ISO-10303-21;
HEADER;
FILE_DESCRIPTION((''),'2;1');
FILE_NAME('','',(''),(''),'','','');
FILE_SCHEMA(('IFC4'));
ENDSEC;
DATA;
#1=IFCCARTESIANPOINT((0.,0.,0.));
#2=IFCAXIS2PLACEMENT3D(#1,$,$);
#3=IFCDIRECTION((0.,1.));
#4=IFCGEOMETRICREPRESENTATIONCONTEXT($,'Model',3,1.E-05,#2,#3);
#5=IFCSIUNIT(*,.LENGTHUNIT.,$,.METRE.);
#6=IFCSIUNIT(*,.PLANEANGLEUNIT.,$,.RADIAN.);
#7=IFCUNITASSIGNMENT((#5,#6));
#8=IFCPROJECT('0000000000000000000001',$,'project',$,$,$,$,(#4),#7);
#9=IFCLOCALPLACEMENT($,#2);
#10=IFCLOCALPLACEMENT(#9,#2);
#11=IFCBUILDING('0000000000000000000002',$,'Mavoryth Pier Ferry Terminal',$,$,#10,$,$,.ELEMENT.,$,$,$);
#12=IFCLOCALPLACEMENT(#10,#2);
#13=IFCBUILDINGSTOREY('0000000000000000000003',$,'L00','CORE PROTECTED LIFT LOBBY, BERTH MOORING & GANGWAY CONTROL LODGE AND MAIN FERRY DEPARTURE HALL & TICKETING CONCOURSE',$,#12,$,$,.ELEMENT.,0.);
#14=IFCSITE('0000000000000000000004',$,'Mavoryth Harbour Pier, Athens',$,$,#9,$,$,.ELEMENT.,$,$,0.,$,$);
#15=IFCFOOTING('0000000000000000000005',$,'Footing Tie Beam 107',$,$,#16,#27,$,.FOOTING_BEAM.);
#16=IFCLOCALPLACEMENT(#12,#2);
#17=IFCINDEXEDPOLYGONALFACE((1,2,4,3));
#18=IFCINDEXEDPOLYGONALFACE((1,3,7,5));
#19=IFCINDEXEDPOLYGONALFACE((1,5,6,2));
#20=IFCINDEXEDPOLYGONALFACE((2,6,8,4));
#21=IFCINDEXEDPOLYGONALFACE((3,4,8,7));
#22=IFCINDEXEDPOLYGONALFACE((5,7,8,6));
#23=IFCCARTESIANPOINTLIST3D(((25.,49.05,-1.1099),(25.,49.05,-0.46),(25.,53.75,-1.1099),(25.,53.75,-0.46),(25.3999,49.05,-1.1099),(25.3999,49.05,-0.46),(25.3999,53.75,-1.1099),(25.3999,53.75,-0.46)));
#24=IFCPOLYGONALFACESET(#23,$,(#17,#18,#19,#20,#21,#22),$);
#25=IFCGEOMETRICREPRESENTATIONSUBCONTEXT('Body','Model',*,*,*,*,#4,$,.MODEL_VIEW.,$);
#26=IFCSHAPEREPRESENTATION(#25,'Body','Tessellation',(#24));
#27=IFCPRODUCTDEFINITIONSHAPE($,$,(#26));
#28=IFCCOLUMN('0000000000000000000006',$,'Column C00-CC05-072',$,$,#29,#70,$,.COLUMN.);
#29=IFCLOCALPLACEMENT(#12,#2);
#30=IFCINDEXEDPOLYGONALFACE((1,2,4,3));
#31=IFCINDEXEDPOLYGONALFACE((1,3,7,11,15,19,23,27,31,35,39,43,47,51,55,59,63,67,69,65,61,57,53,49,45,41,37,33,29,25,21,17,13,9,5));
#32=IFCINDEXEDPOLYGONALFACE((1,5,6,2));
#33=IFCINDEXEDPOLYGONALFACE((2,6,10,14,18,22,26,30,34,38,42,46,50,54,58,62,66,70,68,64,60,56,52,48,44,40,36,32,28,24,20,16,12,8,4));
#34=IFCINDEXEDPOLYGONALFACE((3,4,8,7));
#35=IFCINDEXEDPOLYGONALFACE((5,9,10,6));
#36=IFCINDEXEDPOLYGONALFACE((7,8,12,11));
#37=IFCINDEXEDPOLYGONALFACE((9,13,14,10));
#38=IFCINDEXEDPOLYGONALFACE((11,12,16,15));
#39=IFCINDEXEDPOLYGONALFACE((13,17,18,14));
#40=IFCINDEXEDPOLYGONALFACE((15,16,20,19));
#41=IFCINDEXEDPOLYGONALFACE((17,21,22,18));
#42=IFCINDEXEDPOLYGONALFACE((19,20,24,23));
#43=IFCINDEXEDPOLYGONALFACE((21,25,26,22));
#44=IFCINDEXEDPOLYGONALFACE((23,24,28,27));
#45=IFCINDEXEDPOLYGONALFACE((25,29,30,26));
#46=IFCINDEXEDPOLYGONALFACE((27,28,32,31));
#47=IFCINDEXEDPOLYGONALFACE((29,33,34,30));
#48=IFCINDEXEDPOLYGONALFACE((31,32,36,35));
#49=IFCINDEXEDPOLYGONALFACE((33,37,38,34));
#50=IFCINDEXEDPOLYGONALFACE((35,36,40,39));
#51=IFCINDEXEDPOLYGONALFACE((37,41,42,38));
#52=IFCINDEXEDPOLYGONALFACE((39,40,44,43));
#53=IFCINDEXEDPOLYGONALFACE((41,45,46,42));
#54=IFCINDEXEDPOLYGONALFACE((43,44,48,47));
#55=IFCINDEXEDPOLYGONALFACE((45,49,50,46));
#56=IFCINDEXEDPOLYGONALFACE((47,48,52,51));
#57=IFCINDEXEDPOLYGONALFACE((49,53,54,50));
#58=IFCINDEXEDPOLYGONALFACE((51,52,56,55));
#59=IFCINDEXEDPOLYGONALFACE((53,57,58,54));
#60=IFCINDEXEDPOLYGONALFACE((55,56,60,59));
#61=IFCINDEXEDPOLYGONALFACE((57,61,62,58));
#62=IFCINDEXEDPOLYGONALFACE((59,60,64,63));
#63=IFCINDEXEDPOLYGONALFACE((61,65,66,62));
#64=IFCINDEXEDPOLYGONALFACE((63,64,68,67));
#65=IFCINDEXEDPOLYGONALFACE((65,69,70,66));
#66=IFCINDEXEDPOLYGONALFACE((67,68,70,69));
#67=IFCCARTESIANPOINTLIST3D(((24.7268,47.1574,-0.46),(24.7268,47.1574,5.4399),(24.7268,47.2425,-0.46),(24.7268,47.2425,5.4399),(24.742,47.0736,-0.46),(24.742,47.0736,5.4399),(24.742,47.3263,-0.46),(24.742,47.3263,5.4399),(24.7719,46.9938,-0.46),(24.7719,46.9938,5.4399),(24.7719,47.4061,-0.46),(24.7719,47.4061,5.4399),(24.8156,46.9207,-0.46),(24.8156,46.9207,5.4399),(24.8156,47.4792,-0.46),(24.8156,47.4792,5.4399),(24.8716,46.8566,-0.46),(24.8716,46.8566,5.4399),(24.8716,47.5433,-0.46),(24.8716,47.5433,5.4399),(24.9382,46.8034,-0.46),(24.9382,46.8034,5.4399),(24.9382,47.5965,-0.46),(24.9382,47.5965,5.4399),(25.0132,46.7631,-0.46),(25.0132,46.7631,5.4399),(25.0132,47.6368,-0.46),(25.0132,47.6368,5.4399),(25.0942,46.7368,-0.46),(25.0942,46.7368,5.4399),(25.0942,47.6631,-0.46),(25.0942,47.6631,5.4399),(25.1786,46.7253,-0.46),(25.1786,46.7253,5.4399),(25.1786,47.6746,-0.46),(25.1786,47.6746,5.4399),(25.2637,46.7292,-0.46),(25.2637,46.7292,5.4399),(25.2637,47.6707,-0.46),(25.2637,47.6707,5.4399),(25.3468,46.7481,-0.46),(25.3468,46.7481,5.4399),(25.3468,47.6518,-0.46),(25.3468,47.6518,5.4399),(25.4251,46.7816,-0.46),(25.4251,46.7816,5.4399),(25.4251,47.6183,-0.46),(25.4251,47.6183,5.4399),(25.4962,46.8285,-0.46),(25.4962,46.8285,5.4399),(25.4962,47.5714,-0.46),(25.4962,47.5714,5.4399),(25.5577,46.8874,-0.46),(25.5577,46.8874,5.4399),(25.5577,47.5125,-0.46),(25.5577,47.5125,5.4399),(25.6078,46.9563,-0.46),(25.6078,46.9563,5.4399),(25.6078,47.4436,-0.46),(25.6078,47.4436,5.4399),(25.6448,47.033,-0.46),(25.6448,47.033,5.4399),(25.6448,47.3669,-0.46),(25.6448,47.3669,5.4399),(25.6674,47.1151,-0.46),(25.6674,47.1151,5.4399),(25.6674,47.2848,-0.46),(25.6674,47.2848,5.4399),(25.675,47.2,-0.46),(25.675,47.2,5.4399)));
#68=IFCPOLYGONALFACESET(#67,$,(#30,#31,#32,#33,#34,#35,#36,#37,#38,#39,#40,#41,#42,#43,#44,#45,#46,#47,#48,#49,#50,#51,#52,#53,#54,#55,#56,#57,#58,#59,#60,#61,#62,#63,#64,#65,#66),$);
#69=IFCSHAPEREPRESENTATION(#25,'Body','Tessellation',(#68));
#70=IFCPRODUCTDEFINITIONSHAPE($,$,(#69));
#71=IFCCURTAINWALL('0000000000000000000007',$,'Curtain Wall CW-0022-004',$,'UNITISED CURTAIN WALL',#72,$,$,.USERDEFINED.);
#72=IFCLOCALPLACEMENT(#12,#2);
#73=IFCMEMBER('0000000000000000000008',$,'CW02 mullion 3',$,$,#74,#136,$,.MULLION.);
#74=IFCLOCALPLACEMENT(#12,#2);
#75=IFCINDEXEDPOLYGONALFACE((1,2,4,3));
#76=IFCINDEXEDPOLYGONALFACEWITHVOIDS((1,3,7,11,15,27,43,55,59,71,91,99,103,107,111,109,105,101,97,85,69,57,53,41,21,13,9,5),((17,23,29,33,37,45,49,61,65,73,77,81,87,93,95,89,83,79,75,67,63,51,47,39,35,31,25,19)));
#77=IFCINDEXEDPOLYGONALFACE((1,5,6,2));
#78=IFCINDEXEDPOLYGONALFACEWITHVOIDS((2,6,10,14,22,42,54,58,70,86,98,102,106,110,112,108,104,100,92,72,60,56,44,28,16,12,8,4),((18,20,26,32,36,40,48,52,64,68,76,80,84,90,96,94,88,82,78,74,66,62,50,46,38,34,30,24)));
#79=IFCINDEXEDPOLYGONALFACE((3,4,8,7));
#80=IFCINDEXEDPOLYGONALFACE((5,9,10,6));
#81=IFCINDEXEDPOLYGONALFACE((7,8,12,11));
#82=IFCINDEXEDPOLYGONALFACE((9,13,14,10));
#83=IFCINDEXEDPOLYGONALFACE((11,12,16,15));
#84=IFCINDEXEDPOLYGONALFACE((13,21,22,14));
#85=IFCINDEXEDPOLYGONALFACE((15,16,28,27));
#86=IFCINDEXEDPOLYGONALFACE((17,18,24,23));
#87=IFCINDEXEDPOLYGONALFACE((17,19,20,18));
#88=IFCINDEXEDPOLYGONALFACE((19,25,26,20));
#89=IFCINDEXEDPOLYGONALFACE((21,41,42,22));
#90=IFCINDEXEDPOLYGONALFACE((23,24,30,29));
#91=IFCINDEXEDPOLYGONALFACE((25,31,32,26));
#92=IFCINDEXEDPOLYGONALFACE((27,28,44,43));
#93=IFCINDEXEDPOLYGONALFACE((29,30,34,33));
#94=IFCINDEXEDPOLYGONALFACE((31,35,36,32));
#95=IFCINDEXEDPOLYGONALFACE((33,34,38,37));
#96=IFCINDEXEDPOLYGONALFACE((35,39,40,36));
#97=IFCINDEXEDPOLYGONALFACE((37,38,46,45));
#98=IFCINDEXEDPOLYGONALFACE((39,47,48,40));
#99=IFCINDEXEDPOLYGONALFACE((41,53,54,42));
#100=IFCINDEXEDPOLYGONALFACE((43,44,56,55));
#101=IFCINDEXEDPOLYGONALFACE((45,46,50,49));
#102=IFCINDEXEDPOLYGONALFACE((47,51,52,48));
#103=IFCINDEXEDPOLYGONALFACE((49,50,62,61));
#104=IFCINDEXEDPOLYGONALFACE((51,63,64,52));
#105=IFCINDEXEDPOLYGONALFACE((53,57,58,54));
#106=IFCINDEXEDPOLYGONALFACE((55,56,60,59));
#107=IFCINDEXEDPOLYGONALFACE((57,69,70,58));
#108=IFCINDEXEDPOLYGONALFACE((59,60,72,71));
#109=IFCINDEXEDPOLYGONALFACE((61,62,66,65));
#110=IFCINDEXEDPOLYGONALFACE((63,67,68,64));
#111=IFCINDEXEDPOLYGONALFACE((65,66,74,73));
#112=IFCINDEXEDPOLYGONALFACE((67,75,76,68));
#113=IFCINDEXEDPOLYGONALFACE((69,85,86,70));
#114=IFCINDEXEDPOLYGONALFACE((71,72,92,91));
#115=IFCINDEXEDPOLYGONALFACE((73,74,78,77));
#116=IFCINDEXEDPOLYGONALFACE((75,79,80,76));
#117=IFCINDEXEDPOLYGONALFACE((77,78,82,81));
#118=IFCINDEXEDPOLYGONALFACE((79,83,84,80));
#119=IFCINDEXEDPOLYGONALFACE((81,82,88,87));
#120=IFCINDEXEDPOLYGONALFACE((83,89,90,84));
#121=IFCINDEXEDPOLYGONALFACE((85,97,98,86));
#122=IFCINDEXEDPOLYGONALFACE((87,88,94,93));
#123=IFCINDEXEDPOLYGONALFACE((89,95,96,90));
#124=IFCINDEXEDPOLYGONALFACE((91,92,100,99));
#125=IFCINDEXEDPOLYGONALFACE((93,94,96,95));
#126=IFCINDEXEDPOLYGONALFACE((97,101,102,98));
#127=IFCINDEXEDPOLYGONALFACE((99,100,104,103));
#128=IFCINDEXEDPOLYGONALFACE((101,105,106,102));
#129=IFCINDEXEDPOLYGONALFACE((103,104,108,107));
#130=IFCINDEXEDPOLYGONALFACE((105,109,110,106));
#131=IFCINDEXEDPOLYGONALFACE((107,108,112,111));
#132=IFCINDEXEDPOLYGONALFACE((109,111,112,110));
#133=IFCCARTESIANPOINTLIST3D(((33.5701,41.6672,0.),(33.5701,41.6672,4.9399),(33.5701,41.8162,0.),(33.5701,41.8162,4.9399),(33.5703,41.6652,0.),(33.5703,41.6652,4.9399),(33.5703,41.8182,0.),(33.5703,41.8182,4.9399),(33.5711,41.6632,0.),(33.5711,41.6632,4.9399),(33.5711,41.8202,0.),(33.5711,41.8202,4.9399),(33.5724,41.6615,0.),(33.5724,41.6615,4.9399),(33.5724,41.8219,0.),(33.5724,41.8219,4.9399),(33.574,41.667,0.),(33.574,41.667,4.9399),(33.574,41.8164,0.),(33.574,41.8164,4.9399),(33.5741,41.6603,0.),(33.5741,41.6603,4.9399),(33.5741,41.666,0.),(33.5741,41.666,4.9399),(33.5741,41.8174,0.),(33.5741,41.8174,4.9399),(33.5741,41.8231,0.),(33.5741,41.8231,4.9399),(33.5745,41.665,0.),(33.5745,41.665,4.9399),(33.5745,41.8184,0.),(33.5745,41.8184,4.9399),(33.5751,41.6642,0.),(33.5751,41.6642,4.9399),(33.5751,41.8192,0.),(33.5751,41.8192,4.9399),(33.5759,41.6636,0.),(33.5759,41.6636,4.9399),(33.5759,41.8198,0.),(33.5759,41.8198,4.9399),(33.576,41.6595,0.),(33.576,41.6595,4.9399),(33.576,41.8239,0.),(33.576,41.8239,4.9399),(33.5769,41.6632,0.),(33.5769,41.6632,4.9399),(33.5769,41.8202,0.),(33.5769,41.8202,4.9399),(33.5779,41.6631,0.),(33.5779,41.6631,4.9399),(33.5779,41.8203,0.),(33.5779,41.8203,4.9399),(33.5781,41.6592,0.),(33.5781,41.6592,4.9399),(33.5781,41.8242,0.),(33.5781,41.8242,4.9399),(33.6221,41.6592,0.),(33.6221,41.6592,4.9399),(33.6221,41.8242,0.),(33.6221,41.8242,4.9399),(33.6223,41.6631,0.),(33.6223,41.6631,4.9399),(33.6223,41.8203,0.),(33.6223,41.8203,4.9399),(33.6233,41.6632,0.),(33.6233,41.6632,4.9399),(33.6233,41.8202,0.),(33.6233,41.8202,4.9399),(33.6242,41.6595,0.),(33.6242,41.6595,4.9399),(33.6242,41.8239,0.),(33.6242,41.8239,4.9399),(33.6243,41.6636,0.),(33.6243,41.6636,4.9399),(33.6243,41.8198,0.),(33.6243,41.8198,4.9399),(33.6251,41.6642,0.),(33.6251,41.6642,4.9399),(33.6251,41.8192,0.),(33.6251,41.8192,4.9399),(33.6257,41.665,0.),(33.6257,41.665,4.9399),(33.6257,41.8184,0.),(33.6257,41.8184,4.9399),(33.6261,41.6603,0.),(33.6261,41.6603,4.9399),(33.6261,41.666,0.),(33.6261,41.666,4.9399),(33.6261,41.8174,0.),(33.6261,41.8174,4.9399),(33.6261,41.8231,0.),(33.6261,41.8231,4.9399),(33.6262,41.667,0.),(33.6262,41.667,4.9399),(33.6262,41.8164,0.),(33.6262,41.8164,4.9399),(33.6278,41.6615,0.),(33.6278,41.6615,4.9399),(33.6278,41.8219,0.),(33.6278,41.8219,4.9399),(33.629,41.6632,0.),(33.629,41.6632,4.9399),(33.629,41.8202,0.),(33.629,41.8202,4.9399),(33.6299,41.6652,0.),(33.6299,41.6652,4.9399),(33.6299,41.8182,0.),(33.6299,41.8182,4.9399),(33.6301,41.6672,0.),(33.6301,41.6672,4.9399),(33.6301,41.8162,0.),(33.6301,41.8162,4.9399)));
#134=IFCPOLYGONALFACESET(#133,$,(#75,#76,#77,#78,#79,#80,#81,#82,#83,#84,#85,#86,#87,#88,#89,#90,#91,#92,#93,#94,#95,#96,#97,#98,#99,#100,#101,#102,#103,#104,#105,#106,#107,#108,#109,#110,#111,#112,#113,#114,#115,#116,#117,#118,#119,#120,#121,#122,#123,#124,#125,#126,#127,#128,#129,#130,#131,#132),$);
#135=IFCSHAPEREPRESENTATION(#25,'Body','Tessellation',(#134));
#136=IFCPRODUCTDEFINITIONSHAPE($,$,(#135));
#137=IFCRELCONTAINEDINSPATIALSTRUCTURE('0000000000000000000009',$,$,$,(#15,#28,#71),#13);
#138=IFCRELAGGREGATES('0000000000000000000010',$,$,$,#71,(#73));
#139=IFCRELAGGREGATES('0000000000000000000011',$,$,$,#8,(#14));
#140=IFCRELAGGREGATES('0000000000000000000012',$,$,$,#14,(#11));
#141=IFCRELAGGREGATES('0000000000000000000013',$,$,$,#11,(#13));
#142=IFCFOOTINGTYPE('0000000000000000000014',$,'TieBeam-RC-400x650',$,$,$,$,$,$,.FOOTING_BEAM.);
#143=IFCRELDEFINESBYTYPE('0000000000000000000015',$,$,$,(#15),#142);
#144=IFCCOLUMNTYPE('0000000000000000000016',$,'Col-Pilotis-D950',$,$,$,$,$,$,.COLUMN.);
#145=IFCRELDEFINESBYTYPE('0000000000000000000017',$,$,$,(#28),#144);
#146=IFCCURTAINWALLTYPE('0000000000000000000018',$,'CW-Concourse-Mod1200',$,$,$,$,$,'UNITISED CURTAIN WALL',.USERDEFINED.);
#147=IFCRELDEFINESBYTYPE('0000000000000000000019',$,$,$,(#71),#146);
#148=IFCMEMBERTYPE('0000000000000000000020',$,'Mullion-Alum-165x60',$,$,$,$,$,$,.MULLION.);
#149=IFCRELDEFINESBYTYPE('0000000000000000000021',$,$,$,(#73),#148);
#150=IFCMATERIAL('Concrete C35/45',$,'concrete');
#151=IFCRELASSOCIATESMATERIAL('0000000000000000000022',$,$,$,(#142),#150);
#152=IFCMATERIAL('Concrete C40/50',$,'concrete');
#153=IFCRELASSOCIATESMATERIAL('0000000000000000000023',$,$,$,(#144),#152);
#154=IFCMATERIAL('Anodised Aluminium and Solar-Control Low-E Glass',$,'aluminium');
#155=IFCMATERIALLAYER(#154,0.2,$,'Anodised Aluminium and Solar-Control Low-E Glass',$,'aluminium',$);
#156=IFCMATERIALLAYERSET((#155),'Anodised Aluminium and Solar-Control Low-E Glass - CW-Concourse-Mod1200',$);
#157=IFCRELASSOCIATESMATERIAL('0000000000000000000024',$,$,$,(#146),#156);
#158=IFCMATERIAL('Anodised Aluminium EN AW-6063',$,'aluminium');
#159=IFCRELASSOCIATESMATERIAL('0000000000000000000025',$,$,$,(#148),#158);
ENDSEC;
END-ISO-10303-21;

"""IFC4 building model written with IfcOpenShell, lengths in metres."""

from ifc_helpers import new_model, si_unit, direction, frame, origin, origin_2d, place, context, subcontext, project, spatial, rectangle, hollow_rectangle, circle, extrude, material, layer, layer_set, material_profile, profile_set, type_object, element, aggregate, save


model = new_model("IFC4")

# Units and contexts
model_context = context("Model", 3, precision=1e-05, world=origin(), true_north=direction((0.0, 1.0)))
body_context = subcontext(model_context, "Body", "Model", "MODEL_VIEW")
ifc_project = project(units=[si_unit("LENGTHUNIT", "METRE"), si_unit("PLANEANGLEUNIT", "RADIAN")], contexts=[model_context])

# Site, building, storey
site_placement = place(None, origin())
site = spatial("IfcSite", under=ifc_project, at=site_placement, Name="Mavoryth Harbour Pier, Athens", CompositionType="ELEMENT", RefElevation=0.0)
building_placement = place(site_placement, origin())
building = spatial("IfcBuilding", under=site, at=building_placement, Name="Mavoryth Pier Ferry Terminal", CompositionType="ELEMENT")
storey_placement = place(building_placement, origin())
storey = spatial("IfcBuildingStorey", under=building, at=storey_placement, Name="L00", Description="CORE PROTECTED LIFT LOBBY, BERTH MOORING & GANGWAY CONTROL LODGE AND MAIN FERRY DEPARTURE HALL & TICKETING CONCOURSE", CompositionType="ELEMENT", Elevation=0.0)

# Shared definitions
ifc_material_1 = material(Name="Concrete C35/45", Category="concrete")

# Footing
ifc_material_profile_1 = material_profile(ifc_material_1, rectangle(XDim=0.3999, YDim=0.6499, at=origin_2d()), Name="RC 400x650", Category="concrete")
ifc_profile_set_1 = profile_set([ifc_material_profile_1], Name="Concrete C35/45 - RC 400x650")
footing_type_1 = type_object("IfcFootingType", Name="TieBeam-RC-400x650", PredefinedType="FOOTING_BEAM", material=ifc_profile_set_1)
footing_1_placement = place(storey_placement, frame((25.2, 49.05, -0.7849), z_axis=(0.0, 1.0, 0.0), x_axis=(-1.0, 0.0, 0.0)))
element("IfcFooting", 1, at=footing_1_placement, inside=storey, type_object=footing_type_1, Name="Footing Tie Beam 107", PredefinedType="FOOTING_BEAM", context=body_context, shape_type="SweptSolid", body=[
    extrude(rectangle(XDim=0.3999, YDim=0.6499, at=origin_2d()), origin(), (0.0, 0.0, 1.0), 4.7),
])

# Column
ifc_material_2 = material(Name="Concrete C40/50", Category="concrete")
ifc_material_profile_2 = material_profile(ifc_material_2, circle(Radius=0.4751, at=origin_2d()), Name="RC D950", Category="concrete")
ifc_profile_set_2 = profile_set([ifc_material_profile_2], Name="Concrete C40/50 - RC D950")
column_type = type_object("IfcColumnType", Name="Col-Pilotis-D950", PredefinedType="COLUMN", material=ifc_profile_set_2)
column_placement = place(storey_placement, frame((25.2, 47.2, -0.46), z_axis=(0.0, 0.0, 1.0), x_axis=(1.0, 0.0, 0.0)))
element("IfcColumn", 2, at=column_placement, inside=storey, type_object=column_type, Name="Column C00-CC05-072", PredefinedType="COLUMN", context=body_context, shape_type="SweptSolid", body=[
    extrude(circle(Radius=0.4751, at=origin_2d()), origin(), (0.0, 0.0, 1.0), 5.8999),
])

# Curtain wall, member
ifc_material_3 = material(Name="Anodised Aluminium and Solar-Control Low-E Glass", Category="aluminium")
ifc_layer_1 = layer(ifc_material_3, 0.2, Name="Anodised Aluminium and Solar-Control Low-E Glass", Category="aluminium")
ifc_layer_set_1 = layer_set([ifc_layer_1], Name="Anodised Aluminium and Solar-Control Low-E Glass - CW-Concourse-Mod1200")
curtain_wall_type = type_object("IfcCurtainWallType", Name="CW-Concourse-Mod1200", ElementType="UNITISED CURTAIN WALL", PredefinedType="USERDEFINED", material=ifc_layer_set_1)
curtain_wall_placement = place(storey_placement, origin())
curtain_wall = element("IfcCurtainWall", 3, at=curtain_wall_placement, inside=storey, type_object=curtain_wall_type, Name="Curtain Wall CW-0022-004", ObjectType="UNITISED CURTAIN WALL", PredefinedType="USERDEFINED")
ifc_material_4 = material(Name="Anodised Aluminium EN AW-6063", Category="aluminium")
ifc_material_profile_3 = material_profile(ifc_material_4, hollow_rectangle(XDim=0.0601, YDim=0.165, WallThickness=0.0039, InnerFilletRadius=0.0039, OuterFilletRadius=0.0081, at=origin_2d()), Name="AL-MULL 165x60x4", Category="aluminium")
ifc_profile_set_3 = profile_set([ifc_material_profile_3], Name="Anodised Aluminium EN AW-6063 - AL-MULL 165x60x4")
member_type_1 = type_object("IfcMemberType", Name="Mullion-Alum-165x60", PredefinedType="MULLION", material=ifc_profile_set_3)
member_1_placement = place(storey_placement, frame((33.6001, 41.7417, 0.0), z_axis=(0.0, 0.0, 1.0), x_axis=(-1.0, 0.0, 0.0)))
member_1 = element("IfcMember", 4, at=member_1_placement, type_object=member_type_1, Name="CW02 mullion 3", PredefinedType="MULLION", context=body_context, shape_type="SweptSolid", body=[
    extrude(hollow_rectangle(XDim=0.0601, YDim=0.165, WallThickness=0.0039, InnerFilletRadius=0.0039, OuterFilletRadius=0.0081, at=origin_2d()), origin(), (0.0, 0.0, 1.0), 4.9399),
])
aggregate(curtain_wall, [member_1])

save(model, "model.ifc")
